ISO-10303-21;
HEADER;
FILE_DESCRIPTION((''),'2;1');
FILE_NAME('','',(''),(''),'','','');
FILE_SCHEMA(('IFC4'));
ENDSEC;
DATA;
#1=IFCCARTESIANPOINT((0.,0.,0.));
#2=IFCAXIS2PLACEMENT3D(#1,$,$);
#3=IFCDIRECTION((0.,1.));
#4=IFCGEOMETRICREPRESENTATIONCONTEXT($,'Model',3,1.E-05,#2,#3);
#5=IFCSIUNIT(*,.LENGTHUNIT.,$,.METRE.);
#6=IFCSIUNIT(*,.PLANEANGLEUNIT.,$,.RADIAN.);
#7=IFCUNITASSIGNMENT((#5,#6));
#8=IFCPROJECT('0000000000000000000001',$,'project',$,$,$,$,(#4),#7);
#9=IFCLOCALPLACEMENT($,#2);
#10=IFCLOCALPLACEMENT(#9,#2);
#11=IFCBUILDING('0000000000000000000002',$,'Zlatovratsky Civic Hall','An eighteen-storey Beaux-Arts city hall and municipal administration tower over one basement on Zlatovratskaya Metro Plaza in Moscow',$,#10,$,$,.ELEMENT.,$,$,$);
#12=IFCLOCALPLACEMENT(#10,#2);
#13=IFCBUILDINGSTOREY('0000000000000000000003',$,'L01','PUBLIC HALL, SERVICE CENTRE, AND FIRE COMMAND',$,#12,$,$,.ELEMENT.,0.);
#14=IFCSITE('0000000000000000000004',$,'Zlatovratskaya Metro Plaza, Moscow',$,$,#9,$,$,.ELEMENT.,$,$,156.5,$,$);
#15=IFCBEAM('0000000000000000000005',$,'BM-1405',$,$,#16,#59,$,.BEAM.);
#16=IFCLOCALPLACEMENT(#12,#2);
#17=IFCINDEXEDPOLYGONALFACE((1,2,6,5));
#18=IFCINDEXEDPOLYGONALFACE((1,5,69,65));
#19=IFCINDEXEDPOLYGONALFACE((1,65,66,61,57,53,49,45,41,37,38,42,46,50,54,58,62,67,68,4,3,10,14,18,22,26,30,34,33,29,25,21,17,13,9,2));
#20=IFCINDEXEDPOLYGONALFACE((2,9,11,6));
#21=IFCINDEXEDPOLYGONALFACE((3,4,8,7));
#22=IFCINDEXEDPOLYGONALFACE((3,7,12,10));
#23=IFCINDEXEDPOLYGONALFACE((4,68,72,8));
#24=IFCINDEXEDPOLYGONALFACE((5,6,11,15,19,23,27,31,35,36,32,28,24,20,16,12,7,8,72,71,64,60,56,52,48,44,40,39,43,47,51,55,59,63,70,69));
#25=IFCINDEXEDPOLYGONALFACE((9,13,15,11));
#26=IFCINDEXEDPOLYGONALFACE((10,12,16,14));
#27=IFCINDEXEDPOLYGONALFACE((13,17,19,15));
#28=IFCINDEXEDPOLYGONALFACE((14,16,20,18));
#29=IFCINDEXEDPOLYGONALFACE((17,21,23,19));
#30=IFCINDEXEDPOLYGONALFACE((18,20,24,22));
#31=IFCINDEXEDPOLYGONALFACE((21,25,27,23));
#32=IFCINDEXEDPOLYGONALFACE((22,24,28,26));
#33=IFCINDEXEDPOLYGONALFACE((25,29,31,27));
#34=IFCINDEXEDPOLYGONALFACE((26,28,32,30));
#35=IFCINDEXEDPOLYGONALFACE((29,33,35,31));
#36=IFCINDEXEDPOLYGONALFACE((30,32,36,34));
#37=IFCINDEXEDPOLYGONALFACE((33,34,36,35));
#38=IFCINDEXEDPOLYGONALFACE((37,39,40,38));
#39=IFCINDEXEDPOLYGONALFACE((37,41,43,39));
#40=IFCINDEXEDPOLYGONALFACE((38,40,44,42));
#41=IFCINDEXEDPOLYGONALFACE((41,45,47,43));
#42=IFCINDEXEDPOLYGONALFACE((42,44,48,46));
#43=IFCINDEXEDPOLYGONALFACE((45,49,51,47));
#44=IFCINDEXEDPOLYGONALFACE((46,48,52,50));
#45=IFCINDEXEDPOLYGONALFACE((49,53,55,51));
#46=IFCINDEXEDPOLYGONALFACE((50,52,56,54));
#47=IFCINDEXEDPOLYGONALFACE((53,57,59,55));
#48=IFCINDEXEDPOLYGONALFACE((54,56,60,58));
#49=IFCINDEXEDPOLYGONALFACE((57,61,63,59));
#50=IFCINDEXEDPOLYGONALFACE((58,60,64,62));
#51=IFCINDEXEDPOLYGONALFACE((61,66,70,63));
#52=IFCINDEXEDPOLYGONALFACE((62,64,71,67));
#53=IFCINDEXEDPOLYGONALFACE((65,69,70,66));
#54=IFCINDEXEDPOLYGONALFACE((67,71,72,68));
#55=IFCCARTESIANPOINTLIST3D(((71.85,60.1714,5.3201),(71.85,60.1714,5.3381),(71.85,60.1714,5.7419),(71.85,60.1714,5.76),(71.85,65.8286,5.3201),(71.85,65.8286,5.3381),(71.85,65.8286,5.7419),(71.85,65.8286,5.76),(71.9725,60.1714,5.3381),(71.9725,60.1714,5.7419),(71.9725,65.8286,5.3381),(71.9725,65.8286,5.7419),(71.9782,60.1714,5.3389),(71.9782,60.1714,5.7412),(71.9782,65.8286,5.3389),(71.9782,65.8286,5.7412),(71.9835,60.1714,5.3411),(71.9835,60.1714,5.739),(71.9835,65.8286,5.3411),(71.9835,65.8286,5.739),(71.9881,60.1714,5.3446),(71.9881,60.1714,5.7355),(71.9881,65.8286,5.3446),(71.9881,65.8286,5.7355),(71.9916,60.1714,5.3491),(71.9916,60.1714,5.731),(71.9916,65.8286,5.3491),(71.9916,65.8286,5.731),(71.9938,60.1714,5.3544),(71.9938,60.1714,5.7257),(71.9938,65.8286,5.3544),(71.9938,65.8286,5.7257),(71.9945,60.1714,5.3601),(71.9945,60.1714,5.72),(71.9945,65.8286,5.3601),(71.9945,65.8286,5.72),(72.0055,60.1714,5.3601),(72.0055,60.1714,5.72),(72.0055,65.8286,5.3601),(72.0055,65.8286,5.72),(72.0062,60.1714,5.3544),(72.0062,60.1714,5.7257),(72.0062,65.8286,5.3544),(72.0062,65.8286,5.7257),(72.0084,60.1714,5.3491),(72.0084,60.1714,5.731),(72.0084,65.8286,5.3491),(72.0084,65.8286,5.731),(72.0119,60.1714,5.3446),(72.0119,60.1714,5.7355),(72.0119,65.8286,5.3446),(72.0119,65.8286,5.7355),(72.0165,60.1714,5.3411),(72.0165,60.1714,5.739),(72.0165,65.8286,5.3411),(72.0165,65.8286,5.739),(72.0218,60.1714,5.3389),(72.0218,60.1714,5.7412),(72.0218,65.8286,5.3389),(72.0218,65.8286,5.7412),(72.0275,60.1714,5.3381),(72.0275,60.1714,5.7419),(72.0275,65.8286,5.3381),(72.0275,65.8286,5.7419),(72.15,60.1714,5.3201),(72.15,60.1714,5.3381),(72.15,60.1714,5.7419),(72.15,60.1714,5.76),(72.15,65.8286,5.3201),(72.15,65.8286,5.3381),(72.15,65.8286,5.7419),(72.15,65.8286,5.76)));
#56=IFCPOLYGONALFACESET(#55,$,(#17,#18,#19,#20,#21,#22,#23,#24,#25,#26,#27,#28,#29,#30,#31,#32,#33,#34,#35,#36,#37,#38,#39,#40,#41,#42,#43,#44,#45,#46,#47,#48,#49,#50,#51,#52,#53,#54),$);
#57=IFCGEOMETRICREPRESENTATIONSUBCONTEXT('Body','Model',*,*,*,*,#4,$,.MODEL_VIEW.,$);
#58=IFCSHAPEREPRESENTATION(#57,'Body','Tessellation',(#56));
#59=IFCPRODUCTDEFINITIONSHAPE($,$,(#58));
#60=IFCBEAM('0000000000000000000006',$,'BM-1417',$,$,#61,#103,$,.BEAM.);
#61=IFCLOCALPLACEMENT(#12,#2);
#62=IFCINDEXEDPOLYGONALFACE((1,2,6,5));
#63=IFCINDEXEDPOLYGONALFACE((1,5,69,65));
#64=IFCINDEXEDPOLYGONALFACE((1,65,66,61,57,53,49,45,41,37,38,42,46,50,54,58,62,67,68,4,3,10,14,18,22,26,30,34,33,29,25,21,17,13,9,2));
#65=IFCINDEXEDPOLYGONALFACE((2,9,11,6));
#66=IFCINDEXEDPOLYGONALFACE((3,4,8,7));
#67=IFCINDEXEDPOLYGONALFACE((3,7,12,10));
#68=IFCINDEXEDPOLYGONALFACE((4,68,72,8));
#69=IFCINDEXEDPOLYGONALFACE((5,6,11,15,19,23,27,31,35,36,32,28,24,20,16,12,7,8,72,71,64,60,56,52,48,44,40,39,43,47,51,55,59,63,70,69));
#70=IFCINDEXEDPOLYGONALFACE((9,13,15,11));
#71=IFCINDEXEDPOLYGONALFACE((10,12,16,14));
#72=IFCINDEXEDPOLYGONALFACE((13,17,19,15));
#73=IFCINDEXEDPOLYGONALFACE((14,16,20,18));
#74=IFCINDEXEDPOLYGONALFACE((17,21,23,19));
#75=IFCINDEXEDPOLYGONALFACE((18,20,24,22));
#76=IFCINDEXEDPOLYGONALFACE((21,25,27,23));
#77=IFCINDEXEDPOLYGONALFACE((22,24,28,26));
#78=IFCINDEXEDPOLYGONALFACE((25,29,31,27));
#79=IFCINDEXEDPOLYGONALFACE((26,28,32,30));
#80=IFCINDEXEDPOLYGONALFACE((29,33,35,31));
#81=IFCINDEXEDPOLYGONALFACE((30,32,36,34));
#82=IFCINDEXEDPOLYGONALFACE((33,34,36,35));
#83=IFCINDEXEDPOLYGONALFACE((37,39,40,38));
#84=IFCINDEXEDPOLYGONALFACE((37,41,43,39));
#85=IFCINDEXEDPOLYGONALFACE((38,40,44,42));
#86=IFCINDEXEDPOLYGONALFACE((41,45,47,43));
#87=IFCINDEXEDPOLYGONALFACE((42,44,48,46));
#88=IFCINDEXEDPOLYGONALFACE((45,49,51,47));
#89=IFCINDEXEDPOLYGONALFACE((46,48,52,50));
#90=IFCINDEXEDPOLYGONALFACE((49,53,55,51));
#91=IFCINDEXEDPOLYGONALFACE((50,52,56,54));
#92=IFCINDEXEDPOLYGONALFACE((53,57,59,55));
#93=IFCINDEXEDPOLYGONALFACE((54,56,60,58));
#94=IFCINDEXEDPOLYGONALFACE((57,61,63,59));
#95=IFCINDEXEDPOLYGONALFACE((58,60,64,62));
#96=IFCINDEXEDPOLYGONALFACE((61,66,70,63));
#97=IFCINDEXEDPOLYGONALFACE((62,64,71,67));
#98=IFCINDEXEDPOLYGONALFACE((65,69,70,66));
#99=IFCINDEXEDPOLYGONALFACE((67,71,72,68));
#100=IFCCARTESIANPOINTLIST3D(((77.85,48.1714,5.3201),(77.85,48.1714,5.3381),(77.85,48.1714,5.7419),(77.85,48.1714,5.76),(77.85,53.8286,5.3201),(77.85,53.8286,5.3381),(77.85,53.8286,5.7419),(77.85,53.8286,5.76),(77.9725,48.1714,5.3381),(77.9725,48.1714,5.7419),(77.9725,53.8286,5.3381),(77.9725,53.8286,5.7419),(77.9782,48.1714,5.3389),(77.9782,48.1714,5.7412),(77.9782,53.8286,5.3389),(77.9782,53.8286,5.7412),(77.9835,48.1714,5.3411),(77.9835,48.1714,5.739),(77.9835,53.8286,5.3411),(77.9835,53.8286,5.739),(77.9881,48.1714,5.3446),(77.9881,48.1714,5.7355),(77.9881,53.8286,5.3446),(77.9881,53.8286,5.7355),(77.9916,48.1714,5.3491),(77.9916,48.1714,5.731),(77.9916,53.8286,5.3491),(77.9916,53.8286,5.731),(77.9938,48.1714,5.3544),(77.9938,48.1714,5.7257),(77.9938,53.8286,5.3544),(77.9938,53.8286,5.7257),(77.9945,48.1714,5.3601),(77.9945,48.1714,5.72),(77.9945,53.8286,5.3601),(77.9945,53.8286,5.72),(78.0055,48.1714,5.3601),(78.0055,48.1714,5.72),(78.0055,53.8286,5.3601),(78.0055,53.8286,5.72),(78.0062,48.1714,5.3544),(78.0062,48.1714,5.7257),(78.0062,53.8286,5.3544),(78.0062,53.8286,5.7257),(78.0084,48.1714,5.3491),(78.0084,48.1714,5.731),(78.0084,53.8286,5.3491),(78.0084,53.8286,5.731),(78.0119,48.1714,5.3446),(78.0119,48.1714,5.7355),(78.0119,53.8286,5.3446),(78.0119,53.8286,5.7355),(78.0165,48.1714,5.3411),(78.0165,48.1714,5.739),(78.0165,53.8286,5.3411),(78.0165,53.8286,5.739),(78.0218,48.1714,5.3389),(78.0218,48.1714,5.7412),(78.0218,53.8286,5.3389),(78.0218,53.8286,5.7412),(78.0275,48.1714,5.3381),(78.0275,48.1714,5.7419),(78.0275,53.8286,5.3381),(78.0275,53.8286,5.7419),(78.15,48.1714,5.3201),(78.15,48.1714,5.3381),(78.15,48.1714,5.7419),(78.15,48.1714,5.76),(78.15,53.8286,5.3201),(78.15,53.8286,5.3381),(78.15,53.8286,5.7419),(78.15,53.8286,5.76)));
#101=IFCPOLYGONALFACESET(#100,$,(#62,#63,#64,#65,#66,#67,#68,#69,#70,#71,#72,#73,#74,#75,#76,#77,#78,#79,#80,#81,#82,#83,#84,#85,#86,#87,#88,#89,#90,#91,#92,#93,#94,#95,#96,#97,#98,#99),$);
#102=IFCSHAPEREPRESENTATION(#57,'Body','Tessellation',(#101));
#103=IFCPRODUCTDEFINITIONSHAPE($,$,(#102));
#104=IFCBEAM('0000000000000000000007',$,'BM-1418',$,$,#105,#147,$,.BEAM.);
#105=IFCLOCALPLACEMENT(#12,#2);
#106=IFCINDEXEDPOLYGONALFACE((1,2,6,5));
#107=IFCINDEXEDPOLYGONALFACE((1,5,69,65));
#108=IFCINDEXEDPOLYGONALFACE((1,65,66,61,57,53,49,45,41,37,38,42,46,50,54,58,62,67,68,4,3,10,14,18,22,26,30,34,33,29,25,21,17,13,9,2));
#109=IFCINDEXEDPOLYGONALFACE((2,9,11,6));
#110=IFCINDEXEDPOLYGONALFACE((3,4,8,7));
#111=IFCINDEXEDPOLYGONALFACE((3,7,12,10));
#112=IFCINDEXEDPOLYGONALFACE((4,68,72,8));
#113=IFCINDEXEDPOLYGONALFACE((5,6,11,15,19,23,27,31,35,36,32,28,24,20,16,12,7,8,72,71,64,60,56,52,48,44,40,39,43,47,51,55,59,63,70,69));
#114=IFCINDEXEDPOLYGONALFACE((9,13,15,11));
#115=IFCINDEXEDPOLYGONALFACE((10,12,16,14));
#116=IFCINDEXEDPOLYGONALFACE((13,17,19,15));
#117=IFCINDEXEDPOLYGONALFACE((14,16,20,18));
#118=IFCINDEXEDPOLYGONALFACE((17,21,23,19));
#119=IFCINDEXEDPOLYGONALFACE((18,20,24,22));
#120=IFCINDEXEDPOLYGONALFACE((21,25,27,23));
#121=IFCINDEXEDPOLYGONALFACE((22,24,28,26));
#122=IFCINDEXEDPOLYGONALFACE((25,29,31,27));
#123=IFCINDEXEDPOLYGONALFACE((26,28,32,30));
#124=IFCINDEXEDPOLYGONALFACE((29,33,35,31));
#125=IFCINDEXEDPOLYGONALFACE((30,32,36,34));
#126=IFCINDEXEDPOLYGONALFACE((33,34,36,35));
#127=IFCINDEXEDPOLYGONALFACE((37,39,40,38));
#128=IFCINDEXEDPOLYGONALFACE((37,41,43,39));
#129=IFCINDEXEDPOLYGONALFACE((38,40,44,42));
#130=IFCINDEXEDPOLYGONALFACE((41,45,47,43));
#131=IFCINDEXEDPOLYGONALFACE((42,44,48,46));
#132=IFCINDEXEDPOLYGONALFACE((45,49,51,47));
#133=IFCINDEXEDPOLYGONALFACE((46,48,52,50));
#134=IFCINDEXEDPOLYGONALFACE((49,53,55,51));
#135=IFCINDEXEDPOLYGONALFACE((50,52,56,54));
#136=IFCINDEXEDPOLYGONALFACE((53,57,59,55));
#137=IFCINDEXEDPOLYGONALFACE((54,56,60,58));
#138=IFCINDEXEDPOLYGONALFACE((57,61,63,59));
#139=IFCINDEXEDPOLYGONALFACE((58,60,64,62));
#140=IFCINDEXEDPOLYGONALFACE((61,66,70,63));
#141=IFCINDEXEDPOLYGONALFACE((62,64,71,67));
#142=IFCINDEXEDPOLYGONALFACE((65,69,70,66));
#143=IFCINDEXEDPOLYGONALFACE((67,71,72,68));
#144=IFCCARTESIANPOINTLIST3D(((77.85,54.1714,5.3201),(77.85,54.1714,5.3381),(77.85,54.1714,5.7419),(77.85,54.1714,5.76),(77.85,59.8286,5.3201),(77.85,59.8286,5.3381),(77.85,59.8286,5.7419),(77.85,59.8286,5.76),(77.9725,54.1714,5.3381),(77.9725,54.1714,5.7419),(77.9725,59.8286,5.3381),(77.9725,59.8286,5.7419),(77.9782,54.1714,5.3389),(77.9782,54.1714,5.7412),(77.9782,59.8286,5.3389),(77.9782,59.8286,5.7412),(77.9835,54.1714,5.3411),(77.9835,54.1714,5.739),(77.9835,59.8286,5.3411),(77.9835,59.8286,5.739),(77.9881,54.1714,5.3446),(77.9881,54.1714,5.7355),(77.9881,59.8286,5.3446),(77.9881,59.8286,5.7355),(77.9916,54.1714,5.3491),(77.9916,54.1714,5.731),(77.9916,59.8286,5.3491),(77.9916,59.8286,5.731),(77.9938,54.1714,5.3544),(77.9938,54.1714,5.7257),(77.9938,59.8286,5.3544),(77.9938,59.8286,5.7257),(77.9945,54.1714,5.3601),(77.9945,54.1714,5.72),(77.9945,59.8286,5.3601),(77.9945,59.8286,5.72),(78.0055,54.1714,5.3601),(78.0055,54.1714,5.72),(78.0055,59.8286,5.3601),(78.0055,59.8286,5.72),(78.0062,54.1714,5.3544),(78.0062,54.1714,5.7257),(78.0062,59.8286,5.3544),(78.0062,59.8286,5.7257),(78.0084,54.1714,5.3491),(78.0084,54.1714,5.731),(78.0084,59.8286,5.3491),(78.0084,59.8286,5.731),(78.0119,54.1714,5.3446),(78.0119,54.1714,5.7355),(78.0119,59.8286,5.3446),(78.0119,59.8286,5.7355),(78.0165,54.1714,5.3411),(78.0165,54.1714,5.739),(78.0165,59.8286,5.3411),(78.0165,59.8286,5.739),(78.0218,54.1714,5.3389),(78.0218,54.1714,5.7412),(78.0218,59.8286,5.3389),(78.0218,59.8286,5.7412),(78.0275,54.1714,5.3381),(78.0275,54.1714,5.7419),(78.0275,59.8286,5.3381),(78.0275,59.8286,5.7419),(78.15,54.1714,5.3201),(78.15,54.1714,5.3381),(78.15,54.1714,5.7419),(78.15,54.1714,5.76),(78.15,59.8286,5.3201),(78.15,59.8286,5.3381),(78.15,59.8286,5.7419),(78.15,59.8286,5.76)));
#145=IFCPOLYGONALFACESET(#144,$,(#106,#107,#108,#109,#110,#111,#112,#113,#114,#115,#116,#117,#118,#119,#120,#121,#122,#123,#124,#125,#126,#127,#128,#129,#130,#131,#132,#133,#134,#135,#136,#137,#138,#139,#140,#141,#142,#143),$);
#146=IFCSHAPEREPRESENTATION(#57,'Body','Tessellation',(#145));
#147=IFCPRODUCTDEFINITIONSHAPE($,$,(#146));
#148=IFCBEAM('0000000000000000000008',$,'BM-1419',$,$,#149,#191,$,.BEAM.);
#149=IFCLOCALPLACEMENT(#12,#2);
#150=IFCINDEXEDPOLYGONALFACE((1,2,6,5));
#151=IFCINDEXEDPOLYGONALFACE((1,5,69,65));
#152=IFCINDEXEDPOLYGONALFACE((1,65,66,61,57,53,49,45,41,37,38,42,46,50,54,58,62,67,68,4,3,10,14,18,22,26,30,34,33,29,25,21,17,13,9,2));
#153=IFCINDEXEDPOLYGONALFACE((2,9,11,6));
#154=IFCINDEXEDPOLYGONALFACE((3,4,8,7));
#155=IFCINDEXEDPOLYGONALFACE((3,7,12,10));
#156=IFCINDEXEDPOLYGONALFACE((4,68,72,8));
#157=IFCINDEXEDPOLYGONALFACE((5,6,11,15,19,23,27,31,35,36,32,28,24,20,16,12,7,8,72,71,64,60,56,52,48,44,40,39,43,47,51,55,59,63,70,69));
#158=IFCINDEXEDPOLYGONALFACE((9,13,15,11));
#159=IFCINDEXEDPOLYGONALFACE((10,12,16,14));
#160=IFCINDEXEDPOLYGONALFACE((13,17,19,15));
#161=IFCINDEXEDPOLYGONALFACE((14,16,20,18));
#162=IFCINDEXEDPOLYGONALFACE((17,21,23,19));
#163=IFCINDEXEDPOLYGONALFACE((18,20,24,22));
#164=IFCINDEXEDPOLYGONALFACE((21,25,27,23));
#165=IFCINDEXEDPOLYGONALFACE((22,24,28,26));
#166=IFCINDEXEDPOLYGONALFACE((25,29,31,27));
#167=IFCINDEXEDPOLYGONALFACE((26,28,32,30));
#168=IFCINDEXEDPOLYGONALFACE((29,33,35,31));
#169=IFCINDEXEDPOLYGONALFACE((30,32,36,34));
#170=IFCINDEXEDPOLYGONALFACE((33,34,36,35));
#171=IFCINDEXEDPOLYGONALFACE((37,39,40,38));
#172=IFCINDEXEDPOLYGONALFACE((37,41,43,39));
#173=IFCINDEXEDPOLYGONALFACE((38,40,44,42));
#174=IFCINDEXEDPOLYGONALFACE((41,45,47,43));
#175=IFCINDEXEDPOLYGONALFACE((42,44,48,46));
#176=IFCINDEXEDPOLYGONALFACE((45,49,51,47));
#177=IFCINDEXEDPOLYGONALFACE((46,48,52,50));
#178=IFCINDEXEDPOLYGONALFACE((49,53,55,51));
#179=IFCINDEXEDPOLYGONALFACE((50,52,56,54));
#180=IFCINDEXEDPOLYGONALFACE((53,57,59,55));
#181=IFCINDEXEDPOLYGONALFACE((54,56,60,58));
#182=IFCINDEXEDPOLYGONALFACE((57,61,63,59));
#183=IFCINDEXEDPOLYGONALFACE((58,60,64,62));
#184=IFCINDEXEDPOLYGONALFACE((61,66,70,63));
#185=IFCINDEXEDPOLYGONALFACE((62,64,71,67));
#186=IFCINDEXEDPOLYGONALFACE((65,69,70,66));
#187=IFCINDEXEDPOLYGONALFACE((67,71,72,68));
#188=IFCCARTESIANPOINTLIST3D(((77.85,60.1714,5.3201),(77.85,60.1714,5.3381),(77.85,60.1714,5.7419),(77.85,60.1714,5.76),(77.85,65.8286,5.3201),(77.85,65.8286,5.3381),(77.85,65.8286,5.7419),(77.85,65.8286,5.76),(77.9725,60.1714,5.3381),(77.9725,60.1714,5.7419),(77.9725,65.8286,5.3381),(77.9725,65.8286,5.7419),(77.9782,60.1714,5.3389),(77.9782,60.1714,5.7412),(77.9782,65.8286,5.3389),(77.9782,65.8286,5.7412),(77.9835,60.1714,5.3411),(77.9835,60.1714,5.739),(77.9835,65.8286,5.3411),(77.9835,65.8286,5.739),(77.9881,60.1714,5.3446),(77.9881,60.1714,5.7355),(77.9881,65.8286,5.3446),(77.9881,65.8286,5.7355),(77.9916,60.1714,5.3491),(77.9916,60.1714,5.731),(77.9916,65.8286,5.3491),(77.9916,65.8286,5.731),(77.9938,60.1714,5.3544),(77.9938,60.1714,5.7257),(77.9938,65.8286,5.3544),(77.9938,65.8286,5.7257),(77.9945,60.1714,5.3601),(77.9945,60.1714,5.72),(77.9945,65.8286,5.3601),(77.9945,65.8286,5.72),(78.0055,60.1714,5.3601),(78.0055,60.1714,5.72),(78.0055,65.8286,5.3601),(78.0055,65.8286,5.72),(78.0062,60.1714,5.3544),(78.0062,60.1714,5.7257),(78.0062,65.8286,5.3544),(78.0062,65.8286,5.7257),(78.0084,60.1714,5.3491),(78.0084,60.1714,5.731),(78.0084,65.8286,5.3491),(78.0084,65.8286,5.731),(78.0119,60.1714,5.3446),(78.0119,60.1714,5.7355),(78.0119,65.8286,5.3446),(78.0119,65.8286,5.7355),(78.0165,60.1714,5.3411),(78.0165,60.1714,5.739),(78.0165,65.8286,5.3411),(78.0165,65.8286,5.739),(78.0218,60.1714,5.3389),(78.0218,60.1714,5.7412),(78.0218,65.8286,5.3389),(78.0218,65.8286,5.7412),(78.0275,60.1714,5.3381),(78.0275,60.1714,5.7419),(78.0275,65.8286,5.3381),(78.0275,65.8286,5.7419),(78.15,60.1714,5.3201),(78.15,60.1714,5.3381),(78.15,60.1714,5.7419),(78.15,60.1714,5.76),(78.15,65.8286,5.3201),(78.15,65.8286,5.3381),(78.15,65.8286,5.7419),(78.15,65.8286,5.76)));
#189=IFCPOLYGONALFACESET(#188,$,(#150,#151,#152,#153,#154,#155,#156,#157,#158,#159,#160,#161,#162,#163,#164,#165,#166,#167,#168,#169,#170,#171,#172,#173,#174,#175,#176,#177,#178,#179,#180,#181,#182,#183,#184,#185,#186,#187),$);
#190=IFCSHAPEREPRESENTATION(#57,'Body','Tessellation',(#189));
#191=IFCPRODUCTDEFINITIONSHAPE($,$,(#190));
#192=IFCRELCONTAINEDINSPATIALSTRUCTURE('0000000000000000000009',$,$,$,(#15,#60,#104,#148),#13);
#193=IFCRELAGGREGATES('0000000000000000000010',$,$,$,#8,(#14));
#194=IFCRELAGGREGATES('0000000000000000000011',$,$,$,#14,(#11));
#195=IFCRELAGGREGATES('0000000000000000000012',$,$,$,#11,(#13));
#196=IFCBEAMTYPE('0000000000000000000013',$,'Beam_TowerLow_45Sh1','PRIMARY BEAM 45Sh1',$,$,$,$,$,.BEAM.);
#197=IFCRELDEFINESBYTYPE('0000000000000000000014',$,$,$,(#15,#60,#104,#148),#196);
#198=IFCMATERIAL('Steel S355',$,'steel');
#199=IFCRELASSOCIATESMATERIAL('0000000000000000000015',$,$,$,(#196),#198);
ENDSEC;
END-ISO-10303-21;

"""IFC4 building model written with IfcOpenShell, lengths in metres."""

from ifc_helpers import new_model, si_unit, direction, frame, origin, origin_2d, place, context, subcontext, project, spatial, i_section, extrude, material, material_profile, profile_set, type_object, element, save


model = new_model("IFC4")

# Units and contexts
model_context = context("Model", 3, precision=1e-05, world=origin(), true_north=direction((0.0, 1.0)))
body_context = subcontext(model_context, "Body", "Model", "MODEL_VIEW")
ifc_project = project(units=[si_unit("LENGTHUNIT", "METRE"), si_unit("PLANEANGLEUNIT", "RADIAN")], contexts=[model_context])

# Site, building, storey
site_placement = place(None, origin())
site = spatial("IfcSite", under=ifc_project, at=site_placement, Name="Zlatovratskaya Metro Plaza, Moscow", CompositionType="ELEMENT", RefElevation=156.5)
building_placement = place(site_placement, origin())
building = spatial("IfcBuilding", under=site, at=building_placement, Name="Zlatovratsky Civic Hall", Description="An eighteen-storey Beaux-Arts city hall and municipal administration tower over one basement on Zlatovratskaya Metro Plaza in Moscow", CompositionType="ELEMENT")
storey_placement = place(building_placement, origin())
storey = spatial("IfcBuildingStorey", under=building, at=storey_placement, Name="L01", Description="PUBLIC HALL, SERVICE CENTRE, AND FIRE COMMAND", CompositionType="ELEMENT", Elevation=0.0)

# Shared definitions
ifc_material_1 = material(Name="Steel S355", Category="steel")

# Beams
ifc_material_profile_1 = material_profile(ifc_material_1, i_section(OverallWidth=0.3, OverallDepth=0.4399, WebThickness=0.011, FlangeThickness=0.0181, FilletRadius=0.022, at=origin_2d()), Name="45Sh1")
ifc_profile_set_1 = profile_set([ifc_material_profile_1], Name="Steel S355")
beam_type = type_object("IfcBeamType", Name="Beam_TowerLow_45Sh1", Description="PRIMARY BEAM 45Sh1", PredefinedType="BEAM", material=ifc_profile_set_1)
for number, where, z_axis, x_axis, name in (
    (1, (72.0, 60.1714, 5.54), (0.0, 1.0, 0.0), (-1.0, 0.0, 0.0), "BM-1405"),
    (2, (78.0, 48.1714, 5.54), (0.0, 1.0, 0.0), (-1.0, 0.0, 0.0), "BM-1417"),
    (3, (78.0, 54.1714, 5.54), (0.0, 1.0, 0.0), (-1.0, 0.0, 0.0), "BM-1418"),
    (4, (78.0, 60.1714, 5.54), (0.0, 1.0, 0.0), (-1.0, 0.0, 0.0), "BM-1419"),
):
    element("IfcBeam", number, at=place(storey_placement, frame(where, z_axis=z_axis, x_axis=x_axis)), inside=storey, type_object=beam_type, Name=name, PredefinedType="BEAM", context=body_context, shape_type="SweptSolid", body=[
        extrude(i_section(OverallWidth=0.3, OverallDepth=0.4399, WebThickness=0.011, FlangeThickness=0.0181, FilletRadius=0.022, at=origin_2d()), origin(), (0.0, 0.0, 1.0), 5.6572),
    ])

save(model, "model.ifc")
